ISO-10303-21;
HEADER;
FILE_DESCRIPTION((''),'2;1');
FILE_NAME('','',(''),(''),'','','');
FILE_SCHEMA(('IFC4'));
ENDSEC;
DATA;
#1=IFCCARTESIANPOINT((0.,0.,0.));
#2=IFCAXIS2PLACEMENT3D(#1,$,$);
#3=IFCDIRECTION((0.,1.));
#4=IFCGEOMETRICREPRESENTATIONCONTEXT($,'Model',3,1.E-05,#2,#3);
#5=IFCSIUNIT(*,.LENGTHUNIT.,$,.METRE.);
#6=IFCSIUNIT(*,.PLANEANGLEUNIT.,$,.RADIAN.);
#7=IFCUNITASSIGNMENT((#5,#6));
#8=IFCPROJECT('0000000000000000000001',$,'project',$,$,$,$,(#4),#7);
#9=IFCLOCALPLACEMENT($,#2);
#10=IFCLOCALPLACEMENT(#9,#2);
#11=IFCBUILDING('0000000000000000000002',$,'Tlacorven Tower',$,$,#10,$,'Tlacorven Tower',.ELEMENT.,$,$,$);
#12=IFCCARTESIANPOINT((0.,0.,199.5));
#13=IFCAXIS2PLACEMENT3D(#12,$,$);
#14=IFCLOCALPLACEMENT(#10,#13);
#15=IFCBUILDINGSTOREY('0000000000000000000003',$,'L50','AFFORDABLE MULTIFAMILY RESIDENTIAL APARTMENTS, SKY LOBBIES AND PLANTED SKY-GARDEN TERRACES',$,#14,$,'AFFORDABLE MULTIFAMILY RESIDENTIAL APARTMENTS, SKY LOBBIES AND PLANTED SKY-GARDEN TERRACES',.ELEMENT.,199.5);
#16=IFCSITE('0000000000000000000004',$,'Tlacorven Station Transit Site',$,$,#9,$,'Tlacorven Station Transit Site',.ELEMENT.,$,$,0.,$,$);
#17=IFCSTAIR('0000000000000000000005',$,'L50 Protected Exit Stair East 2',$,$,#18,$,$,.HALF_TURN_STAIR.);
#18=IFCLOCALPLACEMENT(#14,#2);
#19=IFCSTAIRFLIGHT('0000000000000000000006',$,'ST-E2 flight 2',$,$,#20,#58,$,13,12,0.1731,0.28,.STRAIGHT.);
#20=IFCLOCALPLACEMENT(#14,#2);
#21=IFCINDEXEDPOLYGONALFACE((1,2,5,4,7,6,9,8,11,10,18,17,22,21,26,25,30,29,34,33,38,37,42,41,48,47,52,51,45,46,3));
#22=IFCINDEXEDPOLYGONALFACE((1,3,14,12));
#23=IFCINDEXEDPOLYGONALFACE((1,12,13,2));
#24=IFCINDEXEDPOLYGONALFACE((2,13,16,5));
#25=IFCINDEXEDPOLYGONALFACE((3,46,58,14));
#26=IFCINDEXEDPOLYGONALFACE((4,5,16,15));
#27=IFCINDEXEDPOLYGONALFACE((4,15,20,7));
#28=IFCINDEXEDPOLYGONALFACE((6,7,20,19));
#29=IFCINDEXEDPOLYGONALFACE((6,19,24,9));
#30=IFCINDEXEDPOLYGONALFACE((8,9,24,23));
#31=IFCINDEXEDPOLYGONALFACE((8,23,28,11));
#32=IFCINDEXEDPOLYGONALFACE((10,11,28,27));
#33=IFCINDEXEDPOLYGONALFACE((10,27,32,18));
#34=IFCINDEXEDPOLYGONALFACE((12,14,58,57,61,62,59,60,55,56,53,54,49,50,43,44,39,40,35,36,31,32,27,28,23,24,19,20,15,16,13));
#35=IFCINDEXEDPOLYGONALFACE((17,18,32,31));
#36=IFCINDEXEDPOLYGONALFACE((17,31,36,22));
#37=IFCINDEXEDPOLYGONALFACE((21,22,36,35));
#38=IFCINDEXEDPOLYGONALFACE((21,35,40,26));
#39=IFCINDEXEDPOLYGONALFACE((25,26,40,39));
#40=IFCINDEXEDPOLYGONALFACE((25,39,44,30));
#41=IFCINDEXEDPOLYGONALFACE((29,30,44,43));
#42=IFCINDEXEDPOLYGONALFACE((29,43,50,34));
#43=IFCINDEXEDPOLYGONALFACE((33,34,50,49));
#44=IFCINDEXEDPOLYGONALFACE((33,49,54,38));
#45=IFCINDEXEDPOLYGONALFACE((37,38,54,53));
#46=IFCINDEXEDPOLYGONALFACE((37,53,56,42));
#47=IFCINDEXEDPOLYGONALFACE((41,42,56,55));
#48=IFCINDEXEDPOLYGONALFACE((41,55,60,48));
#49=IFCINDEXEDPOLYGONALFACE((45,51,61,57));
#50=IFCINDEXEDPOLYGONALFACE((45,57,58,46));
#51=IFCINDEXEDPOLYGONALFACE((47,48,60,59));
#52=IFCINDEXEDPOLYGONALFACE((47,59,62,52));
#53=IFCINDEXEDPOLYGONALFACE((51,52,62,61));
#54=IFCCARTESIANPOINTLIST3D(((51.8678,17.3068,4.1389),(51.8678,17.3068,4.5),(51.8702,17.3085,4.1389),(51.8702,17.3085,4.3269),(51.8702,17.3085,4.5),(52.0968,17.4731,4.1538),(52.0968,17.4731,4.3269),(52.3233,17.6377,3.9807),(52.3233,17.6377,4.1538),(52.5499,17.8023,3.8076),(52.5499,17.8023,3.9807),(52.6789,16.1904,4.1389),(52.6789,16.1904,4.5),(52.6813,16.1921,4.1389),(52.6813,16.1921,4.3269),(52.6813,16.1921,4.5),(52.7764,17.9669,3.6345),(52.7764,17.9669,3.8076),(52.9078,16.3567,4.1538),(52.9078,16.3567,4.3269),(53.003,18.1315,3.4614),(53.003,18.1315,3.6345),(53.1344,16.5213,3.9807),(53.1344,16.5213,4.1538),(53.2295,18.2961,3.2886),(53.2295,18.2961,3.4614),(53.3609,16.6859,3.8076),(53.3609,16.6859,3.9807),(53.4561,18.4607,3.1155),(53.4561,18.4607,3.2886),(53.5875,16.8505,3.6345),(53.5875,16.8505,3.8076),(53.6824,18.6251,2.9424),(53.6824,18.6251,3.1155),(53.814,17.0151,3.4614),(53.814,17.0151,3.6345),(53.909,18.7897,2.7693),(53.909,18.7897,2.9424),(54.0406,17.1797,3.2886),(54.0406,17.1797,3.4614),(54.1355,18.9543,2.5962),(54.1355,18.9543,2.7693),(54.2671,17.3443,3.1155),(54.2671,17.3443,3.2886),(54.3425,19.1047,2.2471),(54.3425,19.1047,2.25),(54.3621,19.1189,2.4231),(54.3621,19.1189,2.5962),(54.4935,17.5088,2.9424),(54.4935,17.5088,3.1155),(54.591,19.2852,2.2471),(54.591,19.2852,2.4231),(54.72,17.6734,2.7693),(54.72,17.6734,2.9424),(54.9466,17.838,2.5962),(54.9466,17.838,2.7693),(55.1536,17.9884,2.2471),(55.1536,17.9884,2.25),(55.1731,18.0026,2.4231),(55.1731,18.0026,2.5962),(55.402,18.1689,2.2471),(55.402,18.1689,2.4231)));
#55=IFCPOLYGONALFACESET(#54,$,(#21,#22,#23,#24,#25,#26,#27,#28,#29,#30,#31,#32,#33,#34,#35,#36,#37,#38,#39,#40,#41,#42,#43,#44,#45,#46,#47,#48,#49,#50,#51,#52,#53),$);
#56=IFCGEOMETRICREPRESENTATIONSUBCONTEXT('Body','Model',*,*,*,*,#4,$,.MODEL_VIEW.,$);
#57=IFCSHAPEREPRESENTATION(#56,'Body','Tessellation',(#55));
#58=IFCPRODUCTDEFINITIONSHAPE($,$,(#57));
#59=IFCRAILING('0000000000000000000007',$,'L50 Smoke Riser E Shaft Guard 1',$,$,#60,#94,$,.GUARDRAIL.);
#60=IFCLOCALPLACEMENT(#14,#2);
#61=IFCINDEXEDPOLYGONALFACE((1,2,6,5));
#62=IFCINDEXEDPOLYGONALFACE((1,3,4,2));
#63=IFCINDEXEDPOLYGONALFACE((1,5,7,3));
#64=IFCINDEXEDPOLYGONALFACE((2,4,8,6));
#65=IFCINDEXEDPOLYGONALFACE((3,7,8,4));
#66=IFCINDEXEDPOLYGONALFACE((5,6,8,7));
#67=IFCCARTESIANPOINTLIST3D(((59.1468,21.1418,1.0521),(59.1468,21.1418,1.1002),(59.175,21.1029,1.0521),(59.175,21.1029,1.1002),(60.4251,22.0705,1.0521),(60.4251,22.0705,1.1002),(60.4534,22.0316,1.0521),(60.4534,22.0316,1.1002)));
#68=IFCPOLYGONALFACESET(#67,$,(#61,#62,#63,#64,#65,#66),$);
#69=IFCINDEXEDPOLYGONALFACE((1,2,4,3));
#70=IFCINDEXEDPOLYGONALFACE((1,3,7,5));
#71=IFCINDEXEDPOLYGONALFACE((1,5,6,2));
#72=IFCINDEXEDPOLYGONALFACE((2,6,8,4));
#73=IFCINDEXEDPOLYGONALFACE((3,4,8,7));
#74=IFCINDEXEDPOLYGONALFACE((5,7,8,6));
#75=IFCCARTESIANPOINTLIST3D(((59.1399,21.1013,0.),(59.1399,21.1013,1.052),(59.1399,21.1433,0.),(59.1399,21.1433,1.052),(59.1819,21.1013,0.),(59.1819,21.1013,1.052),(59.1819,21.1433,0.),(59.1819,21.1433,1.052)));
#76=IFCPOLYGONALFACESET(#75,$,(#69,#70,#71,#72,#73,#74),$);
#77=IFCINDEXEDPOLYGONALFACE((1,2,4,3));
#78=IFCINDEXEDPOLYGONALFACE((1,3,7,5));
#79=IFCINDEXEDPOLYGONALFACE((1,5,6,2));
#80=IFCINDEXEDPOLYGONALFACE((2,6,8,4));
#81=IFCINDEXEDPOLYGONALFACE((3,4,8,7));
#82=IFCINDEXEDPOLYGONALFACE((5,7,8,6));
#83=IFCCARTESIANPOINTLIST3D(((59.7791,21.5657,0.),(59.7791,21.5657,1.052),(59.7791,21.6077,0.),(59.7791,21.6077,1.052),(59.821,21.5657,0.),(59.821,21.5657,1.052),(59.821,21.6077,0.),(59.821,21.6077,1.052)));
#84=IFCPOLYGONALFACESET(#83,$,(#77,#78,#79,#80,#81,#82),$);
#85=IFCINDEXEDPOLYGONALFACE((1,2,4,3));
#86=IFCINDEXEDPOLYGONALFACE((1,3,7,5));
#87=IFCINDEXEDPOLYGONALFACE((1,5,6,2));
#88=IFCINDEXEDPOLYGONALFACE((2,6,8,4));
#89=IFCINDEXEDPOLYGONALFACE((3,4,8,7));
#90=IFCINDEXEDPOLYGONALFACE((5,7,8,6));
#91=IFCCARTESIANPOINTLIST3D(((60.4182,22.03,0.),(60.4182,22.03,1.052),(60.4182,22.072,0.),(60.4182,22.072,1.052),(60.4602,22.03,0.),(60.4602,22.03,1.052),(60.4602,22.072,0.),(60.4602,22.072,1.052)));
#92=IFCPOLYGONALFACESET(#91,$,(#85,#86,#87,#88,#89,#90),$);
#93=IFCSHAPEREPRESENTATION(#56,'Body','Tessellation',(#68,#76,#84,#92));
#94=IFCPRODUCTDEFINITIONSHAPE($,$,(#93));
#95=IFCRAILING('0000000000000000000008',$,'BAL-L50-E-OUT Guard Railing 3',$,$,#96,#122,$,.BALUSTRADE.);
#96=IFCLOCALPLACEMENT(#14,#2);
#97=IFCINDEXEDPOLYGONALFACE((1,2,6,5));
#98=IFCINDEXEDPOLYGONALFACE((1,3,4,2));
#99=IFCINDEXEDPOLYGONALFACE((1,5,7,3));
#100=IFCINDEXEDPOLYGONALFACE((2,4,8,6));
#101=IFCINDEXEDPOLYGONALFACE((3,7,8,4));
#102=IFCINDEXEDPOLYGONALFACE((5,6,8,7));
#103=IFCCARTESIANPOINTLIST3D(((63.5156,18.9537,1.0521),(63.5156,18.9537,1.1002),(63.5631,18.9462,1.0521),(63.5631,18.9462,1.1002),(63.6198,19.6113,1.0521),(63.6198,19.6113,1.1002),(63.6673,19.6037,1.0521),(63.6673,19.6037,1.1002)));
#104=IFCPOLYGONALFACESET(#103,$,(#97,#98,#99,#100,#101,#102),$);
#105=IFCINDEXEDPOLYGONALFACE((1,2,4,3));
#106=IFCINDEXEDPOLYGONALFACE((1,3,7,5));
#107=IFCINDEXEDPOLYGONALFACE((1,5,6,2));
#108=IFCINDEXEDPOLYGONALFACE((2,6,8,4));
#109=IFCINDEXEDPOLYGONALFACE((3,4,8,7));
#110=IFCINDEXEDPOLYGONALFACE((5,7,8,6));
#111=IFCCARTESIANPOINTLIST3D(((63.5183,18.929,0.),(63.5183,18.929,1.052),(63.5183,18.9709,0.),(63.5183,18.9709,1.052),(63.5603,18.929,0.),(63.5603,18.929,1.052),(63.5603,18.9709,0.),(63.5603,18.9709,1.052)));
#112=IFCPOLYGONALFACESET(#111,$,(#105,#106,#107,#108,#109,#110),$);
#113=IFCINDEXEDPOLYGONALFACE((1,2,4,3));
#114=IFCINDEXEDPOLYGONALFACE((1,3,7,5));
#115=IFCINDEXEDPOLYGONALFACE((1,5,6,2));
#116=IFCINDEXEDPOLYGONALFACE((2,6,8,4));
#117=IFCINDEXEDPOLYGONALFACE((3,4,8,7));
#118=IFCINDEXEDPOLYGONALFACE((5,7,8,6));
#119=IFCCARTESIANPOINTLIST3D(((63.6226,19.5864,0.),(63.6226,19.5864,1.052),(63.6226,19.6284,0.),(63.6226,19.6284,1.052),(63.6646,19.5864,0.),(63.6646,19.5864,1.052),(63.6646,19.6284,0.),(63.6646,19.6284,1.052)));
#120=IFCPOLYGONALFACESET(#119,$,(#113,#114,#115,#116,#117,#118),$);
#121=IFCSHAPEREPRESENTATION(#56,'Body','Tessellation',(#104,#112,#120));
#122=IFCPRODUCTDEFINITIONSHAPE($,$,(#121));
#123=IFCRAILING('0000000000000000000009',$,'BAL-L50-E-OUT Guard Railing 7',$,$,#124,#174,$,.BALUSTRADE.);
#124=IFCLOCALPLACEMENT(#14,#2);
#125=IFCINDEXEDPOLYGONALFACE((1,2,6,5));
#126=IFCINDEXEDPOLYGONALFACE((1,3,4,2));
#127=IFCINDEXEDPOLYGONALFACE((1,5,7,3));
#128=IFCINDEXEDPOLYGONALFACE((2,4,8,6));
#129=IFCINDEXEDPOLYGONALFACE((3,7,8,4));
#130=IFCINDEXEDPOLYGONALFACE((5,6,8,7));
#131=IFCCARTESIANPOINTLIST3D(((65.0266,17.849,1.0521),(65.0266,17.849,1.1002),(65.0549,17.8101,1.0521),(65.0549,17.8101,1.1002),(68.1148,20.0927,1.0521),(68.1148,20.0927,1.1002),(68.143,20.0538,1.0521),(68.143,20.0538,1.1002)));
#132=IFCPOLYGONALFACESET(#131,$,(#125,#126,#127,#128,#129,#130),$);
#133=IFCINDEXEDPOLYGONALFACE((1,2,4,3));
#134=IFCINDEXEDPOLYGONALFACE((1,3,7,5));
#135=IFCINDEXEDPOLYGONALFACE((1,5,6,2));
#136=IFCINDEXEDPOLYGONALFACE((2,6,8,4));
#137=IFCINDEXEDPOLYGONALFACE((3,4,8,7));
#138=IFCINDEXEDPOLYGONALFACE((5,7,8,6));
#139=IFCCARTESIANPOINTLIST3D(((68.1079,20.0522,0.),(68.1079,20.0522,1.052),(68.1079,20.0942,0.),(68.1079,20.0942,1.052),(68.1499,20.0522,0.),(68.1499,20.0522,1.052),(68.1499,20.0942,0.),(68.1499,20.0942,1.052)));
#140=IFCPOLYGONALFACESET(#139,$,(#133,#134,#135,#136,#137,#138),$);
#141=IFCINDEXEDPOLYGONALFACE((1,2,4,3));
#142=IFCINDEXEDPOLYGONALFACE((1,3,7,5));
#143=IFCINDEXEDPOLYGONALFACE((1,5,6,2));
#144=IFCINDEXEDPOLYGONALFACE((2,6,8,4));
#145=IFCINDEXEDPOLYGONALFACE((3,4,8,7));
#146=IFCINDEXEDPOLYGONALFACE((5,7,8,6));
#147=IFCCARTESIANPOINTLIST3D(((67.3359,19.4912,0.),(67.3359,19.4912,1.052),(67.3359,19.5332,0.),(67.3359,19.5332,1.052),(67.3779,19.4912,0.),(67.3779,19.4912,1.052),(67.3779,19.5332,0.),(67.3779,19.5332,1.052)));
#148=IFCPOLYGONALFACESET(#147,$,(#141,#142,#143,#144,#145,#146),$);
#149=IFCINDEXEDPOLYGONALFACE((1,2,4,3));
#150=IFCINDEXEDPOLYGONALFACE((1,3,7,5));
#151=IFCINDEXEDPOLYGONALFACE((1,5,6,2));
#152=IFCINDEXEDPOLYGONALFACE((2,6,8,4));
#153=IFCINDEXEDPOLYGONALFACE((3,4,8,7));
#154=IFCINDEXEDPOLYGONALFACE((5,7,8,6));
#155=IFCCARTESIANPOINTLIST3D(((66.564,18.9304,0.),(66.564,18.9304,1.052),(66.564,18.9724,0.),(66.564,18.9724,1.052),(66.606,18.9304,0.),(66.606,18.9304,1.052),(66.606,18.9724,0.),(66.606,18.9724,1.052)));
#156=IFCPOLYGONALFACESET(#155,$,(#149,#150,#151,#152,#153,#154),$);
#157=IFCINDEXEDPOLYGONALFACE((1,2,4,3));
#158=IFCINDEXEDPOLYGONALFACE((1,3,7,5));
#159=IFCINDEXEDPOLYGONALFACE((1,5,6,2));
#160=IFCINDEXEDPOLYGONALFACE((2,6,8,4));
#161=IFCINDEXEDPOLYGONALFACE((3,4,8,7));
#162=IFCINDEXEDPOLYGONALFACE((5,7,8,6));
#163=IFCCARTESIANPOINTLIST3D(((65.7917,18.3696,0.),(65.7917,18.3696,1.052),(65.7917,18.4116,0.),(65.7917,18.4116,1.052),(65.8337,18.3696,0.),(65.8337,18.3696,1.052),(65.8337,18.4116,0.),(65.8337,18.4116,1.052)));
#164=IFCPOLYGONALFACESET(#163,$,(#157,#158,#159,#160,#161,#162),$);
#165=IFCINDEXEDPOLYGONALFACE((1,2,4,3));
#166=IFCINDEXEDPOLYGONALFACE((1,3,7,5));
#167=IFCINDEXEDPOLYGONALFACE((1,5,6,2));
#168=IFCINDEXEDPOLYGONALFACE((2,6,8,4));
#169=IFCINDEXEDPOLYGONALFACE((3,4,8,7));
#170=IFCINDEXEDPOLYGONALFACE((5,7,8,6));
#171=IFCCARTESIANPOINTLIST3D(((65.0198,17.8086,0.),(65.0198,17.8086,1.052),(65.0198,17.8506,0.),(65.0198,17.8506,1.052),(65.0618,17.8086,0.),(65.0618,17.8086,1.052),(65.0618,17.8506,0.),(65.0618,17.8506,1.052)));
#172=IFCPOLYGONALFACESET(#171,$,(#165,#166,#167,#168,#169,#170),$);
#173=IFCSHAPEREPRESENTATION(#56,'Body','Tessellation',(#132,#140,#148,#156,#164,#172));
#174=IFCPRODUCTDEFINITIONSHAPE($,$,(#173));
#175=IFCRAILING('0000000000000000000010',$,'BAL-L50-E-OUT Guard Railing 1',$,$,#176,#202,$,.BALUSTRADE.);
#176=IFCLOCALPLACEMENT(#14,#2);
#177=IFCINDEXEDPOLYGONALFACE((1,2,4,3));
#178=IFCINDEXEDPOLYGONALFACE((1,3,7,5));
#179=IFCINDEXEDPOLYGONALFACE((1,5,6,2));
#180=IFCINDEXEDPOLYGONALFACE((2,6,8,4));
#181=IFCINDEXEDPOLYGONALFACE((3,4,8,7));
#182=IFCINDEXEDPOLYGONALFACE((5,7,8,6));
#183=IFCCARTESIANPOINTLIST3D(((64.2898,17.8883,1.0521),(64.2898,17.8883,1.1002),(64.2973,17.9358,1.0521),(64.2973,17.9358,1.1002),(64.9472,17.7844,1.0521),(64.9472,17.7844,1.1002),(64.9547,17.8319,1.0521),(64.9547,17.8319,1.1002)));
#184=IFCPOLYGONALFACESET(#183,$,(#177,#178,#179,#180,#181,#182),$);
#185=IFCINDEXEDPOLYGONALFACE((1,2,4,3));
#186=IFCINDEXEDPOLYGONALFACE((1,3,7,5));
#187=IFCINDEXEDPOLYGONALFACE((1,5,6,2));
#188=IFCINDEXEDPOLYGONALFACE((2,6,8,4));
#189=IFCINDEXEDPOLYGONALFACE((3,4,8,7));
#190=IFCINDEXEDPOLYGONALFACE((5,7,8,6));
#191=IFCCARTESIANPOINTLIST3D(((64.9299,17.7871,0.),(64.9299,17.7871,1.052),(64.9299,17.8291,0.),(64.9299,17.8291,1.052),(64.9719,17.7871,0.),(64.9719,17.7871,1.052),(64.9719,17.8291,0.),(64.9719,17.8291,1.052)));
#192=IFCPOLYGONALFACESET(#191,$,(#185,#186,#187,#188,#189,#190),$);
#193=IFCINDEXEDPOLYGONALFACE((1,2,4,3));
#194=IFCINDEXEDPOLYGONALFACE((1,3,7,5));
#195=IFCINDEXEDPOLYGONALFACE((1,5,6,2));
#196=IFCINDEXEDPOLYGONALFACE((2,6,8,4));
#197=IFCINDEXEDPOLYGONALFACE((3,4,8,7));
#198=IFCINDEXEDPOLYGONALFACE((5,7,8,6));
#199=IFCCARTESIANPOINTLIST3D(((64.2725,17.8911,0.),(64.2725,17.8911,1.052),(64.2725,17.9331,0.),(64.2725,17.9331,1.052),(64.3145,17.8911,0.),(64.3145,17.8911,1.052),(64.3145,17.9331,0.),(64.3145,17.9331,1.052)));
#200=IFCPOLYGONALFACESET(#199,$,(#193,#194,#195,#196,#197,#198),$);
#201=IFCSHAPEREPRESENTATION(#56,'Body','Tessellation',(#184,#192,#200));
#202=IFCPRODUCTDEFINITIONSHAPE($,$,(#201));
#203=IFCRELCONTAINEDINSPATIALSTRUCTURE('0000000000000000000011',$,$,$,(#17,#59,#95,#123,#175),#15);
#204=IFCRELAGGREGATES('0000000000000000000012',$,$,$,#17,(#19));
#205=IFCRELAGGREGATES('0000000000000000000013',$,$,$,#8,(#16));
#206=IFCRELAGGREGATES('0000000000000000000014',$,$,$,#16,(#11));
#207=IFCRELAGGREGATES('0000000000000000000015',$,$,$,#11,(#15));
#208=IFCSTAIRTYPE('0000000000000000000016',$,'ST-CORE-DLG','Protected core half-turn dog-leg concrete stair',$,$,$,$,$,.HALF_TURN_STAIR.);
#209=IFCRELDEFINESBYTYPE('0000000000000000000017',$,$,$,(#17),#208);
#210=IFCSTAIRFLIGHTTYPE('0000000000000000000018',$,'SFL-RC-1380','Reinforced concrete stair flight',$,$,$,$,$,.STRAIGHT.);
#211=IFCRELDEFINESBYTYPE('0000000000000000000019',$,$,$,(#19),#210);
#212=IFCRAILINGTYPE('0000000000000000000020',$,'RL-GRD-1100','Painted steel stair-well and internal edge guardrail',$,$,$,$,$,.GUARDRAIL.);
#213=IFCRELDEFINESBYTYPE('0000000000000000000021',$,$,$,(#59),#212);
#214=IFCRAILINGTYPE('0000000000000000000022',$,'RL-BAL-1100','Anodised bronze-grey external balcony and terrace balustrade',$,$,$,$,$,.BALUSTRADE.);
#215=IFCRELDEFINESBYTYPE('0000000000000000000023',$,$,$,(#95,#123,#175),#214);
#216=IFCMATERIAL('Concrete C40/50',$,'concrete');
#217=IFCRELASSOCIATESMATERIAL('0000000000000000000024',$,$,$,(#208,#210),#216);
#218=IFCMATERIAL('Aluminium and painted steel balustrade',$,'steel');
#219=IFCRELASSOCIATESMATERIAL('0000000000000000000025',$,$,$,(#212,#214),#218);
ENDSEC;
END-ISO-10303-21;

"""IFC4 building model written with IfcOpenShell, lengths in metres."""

from ifc_helpers import new_model, si_unit, direction, frame, origin, origin_2d, place, context, subcontext, project, spatial, polyline, rectangle, outline, extrude, source, transform, mapped, material, type_object, element, aggregate, save


model = new_model("IFC4")

# Units and contexts
model_context = context("Model", 3, precision=1e-05, world=origin(), true_north=direction((0.0, 1.0)))
body_context = subcontext(model_context, "Body", "Model", "MODEL_VIEW")
ifc_project = project(units=[si_unit("LENGTHUNIT", "METRE"), si_unit("PLANEANGLEUNIT", "RADIAN")], contexts=[model_context])

# Site, building, storey
site_placement = place(None, origin())
site = spatial("IfcSite", under=ifc_project, at=site_placement, Name="Tlacorven Station Transit Site", LongName="Tlacorven Station Transit Site", CompositionType="ELEMENT", RefElevation=0.0)
building_placement = place(site_placement, origin())
building = spatial("IfcBuilding", under=site, at=building_placement, Name="Tlacorven Tower", LongName="Tlacorven Tower", CompositionType="ELEMENT")
storey_placement = place(building_placement, frame((0.0, 0.0, 199.5)))
storey = spatial("IfcBuildingStorey", under=building, at=storey_placement, Name="L50", Description="AFFORDABLE MULTIFAMILY RESIDENTIAL APARTMENTS, SKY LOBBIES AND PLANTED SKY-GARDEN TERRACES", LongName="AFFORDABLE MULTIFAMILY RESIDENTIAL APARTMENTS, SKY LOBBIES AND PLANTED SKY-GARDEN TERRACES", CompositionType="ELEMENT", Elevation=199.5)

# Shared definitions
ifc_material_1 = material(Name="Concrete C40/50", Category="concrete")

# Stair, stair flight
stair_type = type_object("IfcStairType", Name="ST-CORE-DLG", Description="Protected core half-turn dog-leg concrete stair", PredefinedType="HALF_TURN_STAIR", material=ifc_material_1)
stair_placement = place(storey_placement, origin())
stair = element("IfcStair", 1, at=stair_placement, inside=storey, type_object=stair_type, Name="L50 Protected Exit Stair East 2", PredefinedType="HALF_TURN_STAIR")
stair_flight_type = type_object("IfcStairFlightType", Name="SFL-RC-1380", Description="Reinforced concrete stair flight", PredefinedType="STRAIGHT", material=ifc_material_1)
shared_shape_1 = source(origin(), body_context, "Body", "SweptSolid", [
    extrude(outline(polyline([(-0.0029, -0.0029), (-0.0029, 0.1731), (0.28, 0.1731), (0.28, 0.3462), (0.5601, 0.3462), (0.5601, 0.5193), (0.8401, 0.5193), (0.8401, 0.6924), (1.1201, 0.6924), (1.1201, 0.8655), (1.3999, 0.8655), (1.3999, 1.0386), (1.6799, 1.0386), (1.6799, 1.2114), (1.96, 1.2114), (1.96, 1.3845), (2.24, 1.3845), (2.24, 1.5576), (2.52, 1.5576), (2.52, 1.7307), (2.8, 1.7307), (2.8, 1.9038), (3.0801, 1.9038), (3.0801, 2.0769), (3.3601, 2.0769), (3.3601, 2.25), (3.363, 2.25), (3.363, 1.8889), (3.3601, 1.8889), (0.3042, 0.0), (0.3042, -0.0029), (-0.0029, -0.0029)])), frame((0.0, 0.6899, 0.0), z_axis=(0.0, -1.0, 0.0), x_axis=(1.0, 0.0, 0.0)), (0.0, 0.0, 1.0), 1.3799),
])
stair_flight_placement = place(storey_placement, frame((54.9941, 18.7253, 2.25), z_axis=(0.0, 0.0, 1.0), x_axis=(-0.809017, -0.587785, 0.0)))
stair_flight = element("IfcStairFlight", 2, at=stair_flight_placement, type_object=stair_flight_type, Name="ST-E2 flight 2", NumberOfRisers=13, NumberOfTreads=12, PredefinedType="STRAIGHT", RiserHeight=0.1731, TreadLength=0.28, context=body_context, shape_type="MappedRepresentation", body=[
    mapped(shared_shape_1, transform((0.0, 0.0, 0.0), scale=1.0)),
])
aggregate(stair, [stair_flight])

# Railings
ifc_material_2 = material(Name="Aluminium and painted steel balustrade", Category="steel")
railing_type_1 = type_object("IfcRailingType", Name="RL-GRD-1100", Description="Painted steel stair-well and internal edge guardrail", PredefinedType="GUARDRAIL", material=ifc_material_2)
shared_shape_2 = source(origin(), body_context, "Body", "SweptSolid", [
    extrude(rectangle(XDim=0.0481, YDim=0.0481, at=origin_2d()), frame((0.0, 0.0, 1.0762), z_axis=(0.80903, 0.587767, 0.0), x_axis=(-0.587767, 0.80903, 0.0)), (0.0, 0.0, 1.0), 1.5801),
    extrude(rectangle(XDim=0.042, YDim=0.042, at=origin_2d()), origin(), (0.0, 0.0, 1.0), 1.052),
    extrude(rectangle(XDim=0.042, YDim=0.042, at=origin_2d()), frame((0.6392, 0.4644, 0.0)), (0.0, 0.0, 1.0), 1.052),
    extrude(rectangle(XDim=0.042, YDim=0.042, at=origin_2d()), frame((1.2783, 0.9287, 0.0)), (0.0, 0.0, 1.0), 1.052),
])
railing_1_placement = place(storey_placement, frame((59.1609, 21.1223, 0.0)))
element("IfcRailing", 3, at=railing_1_placement, inside=storey, type_object=railing_type_1, Name="L50 Smoke Riser E Shaft Guard 1", PredefinedType="GUARDRAIL", context=body_context, shape_type="MappedRepresentation", body=[
    mapped(shared_shape_2, transform((0.0, 0.0, 0.0), scale=1.0)),
])
railing_type_2 = type_object("IfcRailingType", Name="RL-BAL-1100", Description="Anodised bronze-grey external balcony and terrace balustrade", PredefinedType="BALUSTRADE", material=ifc_material_2)
shared_shape_3 = source(origin(), body_context, "Body", "SweptSolid", [
    extrude(rectangle(XDim=0.0481, YDim=0.0481, at=origin_2d()), frame((0.0, 0.0, 1.0762), z_axis=(0.156603, 0.987662, 0.0), x_axis=(-0.987662, 0.156603, 0.0)), (0.0, 0.0, 1.0), 0.6658),
    extrude(rectangle(XDim=0.042, YDim=0.042, at=origin_2d()), origin(), (0.0, 0.0, 1.0), 1.052),
    extrude(rectangle(XDim=0.042, YDim=0.042, at=origin_2d()), frame((0.1042, 0.6575, 0.0)), (0.0, 0.0, 1.0), 1.052),
])
railing_2_placement = place(storey_placement, frame((63.5393, 18.95, 0.0)))
element("IfcRailing", 4, at=railing_2_placement, inside=storey, type_object=railing_type_2, Name="BAL-L50-E-OUT Guard Railing 3", PredefinedType="BALUSTRADE", context=body_context, shape_type="MappedRepresentation", body=[
    mapped(shared_shape_3, transform((0.0, 0.0, 0.0), scale=1.0)),
])
shared_shape_4 = source(origin(), body_context, "Body", "SweptSolid", [
    extrude(rectangle(XDim=0.0481, YDim=0.0481, at=origin_2d()), frame((0.0, 0.0, 1.0762), z_axis=(-0.809018, -0.587784, 0.0), x_axis=(0.587784, -0.809018, 0.0)), (0.0, 0.0, 1.0), 3.8171),
    extrude(rectangle(XDim=0.042, YDim=0.042, at=origin_2d()), origin(), (0.0, 0.0, 1.0), 1.052),
    extrude(rectangle(XDim=0.042, YDim=0.042, at=origin_2d()), frame((-0.772, -0.561, 0.0)), (0.0, 0.0, 1.0), 1.052),
    extrude(rectangle(XDim=0.042, YDim=0.042, at=origin_2d()), frame((-1.5439, -1.1218, 0.0)), (0.0, 0.0, 1.0), 1.052),
    extrude(rectangle(XDim=0.042, YDim=0.042, at=origin_2d()), frame((-2.3162, -1.6826, 0.0)), (0.0, 0.0, 1.0), 1.052),
    extrude(rectangle(XDim=0.042, YDim=0.042, at=origin_2d()), frame((-3.0881, -2.2437, 0.0)), (0.0, 0.0, 1.0), 1.052),
])
railing_3_placement = place(storey_placement, frame((68.1289, 20.0732, 0.0)))
element("IfcRailing", 5, at=railing_3_placement, inside=storey, type_object=railing_type_2, Name="BAL-L50-E-OUT Guard Railing 7", PredefinedType="BALUSTRADE", context=body_context, shape_type="MappedRepresentation", body=[
    mapped(shared_shape_4, transform((0.0, 0.0, 0.0), scale=1.0)),
])
shared_shape_5 = source(origin(), body_context, "Body", "SweptSolid", [
    extrude(rectangle(XDim=0.0481, YDim=0.0481, at=origin_2d()), frame((0.0, 0.0, 1.0762), z_axis=(-0.987718, 0.156245, 0.0), x_axis=(-0.156245, -0.987718, 0.0)), (0.0, 0.0, 1.0), 0.6655),
    extrude(rectangle(XDim=0.042, YDim=0.042, at=origin_2d()), origin(), (0.0, 0.0, 1.0), 1.052),
    extrude(rectangle(XDim=0.042, YDim=0.042, at=origin_2d()), frame((-0.6575, 0.104, 0.0)), (0.0, 0.0, 1.0), 1.052),
])
railing_4_placement = place(storey_placement, frame((64.9509, 17.8081, 0.0)))
element("IfcRailing", 6, at=railing_4_placement, inside=storey, type_object=railing_type_2, Name="BAL-L50-E-OUT Guard Railing 1", PredefinedType="BALUSTRADE", context=body_context, shape_type="MappedRepresentation", body=[
    mapped(shared_shape_5, transform((0.0, 0.0, 0.0), scale=1.0)),
])

save(model, "model.ifc")
